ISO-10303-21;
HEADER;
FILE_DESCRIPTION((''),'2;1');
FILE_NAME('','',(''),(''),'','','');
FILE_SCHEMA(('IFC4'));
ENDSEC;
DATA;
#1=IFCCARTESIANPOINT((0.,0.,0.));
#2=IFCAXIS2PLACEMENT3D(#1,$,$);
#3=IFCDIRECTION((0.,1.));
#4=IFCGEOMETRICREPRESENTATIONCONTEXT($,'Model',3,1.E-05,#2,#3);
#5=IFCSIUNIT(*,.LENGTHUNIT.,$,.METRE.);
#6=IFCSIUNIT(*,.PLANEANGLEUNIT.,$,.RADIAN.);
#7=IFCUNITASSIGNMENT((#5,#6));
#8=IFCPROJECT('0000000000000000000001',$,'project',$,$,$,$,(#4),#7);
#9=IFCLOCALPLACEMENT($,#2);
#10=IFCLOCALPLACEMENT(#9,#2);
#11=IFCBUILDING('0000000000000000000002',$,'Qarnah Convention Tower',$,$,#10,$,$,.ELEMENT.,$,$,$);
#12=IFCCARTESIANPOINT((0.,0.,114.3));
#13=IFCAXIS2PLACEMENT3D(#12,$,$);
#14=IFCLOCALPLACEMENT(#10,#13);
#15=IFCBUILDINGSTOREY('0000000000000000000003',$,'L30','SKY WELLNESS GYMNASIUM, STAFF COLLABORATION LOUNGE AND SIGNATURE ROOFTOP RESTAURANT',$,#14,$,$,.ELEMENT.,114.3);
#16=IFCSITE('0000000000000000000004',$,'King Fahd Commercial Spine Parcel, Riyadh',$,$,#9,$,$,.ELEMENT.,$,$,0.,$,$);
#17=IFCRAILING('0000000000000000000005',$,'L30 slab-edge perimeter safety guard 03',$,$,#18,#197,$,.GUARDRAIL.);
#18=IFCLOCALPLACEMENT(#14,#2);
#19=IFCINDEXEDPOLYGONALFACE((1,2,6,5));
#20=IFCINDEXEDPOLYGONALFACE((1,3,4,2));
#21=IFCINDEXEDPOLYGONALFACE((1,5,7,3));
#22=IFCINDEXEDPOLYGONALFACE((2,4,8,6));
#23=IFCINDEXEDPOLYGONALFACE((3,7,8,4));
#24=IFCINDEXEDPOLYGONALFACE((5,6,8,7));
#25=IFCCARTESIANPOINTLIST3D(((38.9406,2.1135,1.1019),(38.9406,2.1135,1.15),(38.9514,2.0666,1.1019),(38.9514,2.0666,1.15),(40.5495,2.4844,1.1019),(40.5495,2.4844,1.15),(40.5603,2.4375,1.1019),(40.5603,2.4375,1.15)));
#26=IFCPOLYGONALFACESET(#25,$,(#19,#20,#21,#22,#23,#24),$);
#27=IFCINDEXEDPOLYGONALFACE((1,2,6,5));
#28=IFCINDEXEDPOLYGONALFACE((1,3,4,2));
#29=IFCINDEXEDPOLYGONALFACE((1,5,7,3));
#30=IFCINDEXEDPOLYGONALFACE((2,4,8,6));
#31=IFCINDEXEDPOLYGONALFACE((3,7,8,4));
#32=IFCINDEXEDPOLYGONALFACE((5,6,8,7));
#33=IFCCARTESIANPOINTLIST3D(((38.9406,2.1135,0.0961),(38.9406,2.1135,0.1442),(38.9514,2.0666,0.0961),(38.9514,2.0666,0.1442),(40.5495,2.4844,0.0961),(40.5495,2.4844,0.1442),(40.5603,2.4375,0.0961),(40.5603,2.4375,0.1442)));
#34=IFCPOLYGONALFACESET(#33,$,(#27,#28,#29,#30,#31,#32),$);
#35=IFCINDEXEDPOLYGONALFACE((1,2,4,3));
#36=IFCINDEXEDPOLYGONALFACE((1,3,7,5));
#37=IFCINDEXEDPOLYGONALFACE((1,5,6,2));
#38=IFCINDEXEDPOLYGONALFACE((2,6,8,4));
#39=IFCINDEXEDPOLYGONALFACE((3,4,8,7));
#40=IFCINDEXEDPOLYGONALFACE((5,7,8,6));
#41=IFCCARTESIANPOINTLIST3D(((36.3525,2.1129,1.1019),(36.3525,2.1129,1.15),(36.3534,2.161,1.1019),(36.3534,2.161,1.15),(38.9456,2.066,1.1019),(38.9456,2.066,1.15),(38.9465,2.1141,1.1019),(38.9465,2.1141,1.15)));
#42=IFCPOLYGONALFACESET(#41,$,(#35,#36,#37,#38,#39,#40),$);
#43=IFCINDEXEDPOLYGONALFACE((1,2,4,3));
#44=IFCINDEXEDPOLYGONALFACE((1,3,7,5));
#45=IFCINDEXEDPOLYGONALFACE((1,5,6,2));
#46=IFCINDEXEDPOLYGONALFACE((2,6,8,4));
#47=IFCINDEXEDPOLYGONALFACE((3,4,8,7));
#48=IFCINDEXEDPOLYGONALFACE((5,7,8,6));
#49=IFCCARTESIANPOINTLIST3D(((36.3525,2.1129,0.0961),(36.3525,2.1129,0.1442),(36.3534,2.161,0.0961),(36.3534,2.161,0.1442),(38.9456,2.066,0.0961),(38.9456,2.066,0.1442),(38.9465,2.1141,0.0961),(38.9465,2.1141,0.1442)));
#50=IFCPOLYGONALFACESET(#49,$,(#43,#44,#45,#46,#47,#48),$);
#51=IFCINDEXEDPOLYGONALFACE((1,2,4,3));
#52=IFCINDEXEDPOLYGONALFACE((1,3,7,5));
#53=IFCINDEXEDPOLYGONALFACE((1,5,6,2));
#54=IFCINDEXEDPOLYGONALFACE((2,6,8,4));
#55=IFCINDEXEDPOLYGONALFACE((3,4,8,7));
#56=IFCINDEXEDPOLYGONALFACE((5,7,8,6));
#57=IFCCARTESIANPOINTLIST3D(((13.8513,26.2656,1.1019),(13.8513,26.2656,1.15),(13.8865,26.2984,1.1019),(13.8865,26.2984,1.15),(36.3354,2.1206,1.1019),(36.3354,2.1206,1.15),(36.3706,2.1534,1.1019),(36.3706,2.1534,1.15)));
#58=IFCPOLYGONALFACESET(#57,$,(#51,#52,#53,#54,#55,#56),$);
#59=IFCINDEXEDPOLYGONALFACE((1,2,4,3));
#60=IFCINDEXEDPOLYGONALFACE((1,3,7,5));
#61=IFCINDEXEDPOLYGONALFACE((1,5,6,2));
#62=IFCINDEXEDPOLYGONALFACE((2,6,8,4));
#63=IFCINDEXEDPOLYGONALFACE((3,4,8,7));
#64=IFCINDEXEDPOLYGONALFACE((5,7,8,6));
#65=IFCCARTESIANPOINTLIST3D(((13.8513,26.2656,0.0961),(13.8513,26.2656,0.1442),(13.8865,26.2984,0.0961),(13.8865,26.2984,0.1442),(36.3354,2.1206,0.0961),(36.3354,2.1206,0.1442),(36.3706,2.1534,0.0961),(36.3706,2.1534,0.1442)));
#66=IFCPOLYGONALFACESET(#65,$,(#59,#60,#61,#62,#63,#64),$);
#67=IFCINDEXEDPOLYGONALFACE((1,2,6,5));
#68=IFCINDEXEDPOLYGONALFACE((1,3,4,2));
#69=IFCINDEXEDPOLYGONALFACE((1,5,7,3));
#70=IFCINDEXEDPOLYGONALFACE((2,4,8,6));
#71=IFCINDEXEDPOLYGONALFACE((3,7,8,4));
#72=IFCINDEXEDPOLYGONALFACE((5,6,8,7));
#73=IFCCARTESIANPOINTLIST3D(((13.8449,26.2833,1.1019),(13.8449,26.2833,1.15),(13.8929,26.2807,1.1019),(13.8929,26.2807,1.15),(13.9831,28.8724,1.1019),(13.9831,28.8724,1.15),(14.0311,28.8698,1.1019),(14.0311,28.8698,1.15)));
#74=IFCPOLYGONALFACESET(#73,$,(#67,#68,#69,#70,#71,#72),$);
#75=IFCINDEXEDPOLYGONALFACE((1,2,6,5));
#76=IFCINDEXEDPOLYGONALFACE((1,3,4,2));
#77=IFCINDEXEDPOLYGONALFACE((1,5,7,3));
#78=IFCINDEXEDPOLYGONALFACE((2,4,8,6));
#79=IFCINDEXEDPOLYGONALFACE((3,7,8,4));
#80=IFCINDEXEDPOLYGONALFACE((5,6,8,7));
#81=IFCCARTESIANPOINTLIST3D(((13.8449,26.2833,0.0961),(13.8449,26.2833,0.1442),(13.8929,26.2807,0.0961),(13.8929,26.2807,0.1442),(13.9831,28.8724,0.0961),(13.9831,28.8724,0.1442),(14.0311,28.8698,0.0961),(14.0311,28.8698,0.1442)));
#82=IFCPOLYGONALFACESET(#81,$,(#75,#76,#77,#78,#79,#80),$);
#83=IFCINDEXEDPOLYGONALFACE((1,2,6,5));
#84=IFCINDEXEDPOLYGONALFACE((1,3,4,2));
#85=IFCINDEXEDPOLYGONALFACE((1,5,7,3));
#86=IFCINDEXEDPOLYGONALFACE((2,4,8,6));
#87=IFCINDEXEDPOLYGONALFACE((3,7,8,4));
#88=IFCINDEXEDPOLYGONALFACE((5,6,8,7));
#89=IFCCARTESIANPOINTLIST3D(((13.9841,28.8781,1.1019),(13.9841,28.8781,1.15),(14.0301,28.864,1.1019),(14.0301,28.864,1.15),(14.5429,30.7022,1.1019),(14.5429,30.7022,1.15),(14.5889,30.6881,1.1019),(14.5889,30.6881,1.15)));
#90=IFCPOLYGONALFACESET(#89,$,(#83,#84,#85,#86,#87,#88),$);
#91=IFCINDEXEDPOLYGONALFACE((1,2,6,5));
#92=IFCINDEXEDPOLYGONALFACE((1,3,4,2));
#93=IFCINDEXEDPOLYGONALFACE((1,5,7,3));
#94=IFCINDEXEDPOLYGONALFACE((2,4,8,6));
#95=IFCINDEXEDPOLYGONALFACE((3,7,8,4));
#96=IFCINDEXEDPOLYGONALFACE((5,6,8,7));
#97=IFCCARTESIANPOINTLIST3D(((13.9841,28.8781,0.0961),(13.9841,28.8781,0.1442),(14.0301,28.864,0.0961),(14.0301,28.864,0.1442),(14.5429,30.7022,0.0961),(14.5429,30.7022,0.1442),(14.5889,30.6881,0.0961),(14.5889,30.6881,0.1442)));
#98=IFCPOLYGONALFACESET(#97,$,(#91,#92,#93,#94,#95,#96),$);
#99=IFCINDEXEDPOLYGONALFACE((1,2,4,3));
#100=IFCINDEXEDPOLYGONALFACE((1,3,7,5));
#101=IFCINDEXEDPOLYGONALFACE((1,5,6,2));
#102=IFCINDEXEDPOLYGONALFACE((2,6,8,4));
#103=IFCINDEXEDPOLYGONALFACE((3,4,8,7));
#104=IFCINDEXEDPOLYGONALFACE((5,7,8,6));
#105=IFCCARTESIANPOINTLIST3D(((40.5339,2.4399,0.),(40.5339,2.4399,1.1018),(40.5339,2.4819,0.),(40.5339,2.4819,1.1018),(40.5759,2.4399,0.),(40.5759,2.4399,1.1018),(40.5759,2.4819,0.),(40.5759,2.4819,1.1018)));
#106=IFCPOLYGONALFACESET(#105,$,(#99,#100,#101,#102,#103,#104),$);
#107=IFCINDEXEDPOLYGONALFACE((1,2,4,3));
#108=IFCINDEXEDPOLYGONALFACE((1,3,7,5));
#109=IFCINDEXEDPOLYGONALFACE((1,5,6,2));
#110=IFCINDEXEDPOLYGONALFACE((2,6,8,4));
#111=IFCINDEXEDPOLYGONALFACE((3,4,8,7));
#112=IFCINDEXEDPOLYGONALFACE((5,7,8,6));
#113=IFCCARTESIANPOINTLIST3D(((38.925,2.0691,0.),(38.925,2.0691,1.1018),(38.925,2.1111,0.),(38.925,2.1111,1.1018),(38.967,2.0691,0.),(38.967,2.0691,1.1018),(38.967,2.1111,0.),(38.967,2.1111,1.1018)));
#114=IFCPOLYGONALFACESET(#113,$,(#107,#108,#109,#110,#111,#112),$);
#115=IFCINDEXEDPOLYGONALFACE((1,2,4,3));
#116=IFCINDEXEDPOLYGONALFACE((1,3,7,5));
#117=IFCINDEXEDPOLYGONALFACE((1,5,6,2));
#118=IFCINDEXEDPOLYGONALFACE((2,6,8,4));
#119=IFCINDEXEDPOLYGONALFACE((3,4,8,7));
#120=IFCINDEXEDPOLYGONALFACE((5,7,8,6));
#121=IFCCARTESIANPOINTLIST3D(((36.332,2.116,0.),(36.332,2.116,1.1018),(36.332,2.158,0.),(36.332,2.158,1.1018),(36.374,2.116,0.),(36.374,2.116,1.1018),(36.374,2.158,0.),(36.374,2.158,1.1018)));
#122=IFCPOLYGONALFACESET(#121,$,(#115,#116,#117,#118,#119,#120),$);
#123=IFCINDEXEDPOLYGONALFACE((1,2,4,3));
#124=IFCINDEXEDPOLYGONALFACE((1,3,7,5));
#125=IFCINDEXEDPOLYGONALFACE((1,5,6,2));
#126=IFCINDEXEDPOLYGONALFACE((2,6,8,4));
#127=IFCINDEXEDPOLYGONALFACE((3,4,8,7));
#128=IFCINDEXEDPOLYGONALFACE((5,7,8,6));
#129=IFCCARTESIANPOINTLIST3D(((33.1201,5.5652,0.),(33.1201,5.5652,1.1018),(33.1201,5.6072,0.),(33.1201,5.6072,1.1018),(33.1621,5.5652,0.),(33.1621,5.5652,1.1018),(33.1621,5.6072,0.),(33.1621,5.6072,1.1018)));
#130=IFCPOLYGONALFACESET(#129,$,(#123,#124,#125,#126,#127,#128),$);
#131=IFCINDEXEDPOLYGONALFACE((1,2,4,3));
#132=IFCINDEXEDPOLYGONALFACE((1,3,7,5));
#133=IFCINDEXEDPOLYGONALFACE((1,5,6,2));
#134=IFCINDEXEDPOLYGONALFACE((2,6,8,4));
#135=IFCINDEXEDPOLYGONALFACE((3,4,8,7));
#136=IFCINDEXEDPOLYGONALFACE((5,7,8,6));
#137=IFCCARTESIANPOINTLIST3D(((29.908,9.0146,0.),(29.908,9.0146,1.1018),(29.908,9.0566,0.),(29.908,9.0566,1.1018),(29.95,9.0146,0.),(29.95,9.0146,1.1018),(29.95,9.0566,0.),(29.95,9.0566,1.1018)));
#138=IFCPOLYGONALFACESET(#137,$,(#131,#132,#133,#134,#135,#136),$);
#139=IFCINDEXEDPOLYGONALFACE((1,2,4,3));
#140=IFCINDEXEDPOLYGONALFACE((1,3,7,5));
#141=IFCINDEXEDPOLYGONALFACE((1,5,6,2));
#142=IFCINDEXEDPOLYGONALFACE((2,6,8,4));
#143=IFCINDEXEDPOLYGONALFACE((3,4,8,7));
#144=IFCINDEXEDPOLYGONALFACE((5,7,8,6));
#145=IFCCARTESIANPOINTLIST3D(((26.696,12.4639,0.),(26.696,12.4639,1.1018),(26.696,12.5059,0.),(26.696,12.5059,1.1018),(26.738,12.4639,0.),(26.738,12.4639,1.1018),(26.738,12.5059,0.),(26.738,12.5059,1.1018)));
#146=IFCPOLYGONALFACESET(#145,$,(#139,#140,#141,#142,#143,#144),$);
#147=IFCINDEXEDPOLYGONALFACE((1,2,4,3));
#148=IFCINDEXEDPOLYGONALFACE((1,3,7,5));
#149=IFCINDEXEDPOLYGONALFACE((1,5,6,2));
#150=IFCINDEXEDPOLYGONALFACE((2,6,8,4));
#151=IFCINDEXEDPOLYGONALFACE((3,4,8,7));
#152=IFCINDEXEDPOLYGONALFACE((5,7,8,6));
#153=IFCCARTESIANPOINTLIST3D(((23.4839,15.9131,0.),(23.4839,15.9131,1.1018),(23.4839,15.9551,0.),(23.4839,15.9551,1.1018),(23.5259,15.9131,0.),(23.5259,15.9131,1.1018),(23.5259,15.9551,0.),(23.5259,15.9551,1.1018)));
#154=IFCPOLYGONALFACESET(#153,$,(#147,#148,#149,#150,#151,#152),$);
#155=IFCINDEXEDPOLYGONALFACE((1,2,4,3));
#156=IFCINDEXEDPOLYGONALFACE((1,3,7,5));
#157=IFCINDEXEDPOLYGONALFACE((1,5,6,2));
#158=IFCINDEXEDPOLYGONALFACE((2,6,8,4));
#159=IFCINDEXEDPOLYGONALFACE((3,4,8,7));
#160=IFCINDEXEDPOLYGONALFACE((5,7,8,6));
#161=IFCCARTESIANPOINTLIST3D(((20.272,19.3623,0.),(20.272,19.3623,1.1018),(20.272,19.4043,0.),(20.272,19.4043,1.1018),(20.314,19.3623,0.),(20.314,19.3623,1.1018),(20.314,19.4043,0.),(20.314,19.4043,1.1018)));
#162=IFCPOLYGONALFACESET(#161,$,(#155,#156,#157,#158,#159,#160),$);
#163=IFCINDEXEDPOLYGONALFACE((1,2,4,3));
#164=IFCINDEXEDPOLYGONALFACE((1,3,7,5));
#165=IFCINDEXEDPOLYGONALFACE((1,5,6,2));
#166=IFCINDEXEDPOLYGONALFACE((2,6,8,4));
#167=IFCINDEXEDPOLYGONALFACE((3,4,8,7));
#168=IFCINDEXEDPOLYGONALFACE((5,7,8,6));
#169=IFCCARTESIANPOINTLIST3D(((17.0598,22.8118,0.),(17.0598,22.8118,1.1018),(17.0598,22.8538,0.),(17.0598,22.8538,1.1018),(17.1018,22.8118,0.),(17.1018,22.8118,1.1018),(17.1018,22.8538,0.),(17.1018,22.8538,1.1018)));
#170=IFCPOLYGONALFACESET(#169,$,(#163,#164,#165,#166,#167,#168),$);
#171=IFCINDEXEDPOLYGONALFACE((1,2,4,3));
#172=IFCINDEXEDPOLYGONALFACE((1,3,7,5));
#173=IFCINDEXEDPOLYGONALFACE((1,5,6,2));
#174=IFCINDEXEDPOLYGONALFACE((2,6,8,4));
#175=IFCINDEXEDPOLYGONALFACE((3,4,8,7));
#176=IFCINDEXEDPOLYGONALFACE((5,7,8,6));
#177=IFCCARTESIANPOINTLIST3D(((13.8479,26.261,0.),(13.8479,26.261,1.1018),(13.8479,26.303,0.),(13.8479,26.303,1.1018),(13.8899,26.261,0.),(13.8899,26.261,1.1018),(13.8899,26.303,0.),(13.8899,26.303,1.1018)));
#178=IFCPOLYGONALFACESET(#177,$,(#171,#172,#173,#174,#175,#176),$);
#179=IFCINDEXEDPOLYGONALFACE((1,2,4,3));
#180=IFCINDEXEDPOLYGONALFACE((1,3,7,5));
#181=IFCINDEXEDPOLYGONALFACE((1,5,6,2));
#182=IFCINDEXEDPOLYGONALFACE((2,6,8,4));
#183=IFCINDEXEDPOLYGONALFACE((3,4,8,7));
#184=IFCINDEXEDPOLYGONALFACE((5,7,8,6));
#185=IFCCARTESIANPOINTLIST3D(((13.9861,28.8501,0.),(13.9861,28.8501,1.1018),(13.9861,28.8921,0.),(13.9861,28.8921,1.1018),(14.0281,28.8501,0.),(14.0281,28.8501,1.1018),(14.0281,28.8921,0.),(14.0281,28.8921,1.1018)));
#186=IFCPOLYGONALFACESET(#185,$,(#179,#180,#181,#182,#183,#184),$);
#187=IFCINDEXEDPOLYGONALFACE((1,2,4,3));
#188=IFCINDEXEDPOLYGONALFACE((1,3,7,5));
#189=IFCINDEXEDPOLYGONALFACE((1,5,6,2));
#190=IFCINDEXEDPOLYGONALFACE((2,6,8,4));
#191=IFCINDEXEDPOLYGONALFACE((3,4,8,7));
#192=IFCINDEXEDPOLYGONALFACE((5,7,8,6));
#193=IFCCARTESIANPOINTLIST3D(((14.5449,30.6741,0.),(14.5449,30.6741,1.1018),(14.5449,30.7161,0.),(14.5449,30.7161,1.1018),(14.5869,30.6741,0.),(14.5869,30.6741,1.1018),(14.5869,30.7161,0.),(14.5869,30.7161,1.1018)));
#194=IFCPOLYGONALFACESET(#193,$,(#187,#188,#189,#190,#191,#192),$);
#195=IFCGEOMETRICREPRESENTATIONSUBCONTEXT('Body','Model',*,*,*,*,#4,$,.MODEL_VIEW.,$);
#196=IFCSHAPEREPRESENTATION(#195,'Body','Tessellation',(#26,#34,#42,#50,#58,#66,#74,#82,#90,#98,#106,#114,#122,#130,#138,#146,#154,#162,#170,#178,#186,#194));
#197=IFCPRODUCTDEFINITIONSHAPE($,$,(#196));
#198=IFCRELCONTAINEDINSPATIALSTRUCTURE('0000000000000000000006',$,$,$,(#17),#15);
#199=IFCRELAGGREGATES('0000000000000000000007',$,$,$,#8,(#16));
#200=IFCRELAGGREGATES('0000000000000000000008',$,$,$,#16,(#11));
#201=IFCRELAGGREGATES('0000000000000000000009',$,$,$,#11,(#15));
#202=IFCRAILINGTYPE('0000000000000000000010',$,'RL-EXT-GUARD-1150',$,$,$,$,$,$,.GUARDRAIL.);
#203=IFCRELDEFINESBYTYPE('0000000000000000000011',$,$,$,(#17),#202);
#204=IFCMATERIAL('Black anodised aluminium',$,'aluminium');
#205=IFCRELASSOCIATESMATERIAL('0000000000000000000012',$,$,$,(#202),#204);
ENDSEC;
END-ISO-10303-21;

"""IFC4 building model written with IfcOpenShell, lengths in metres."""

from ifc_helpers import new_model, si_unit, direction, frame, origin, origin_2d, place, context, subcontext, project, spatial, rectangle, extrude, material, type_object, element, save


model = new_model("IFC4")

# Units and contexts
model_context = context("Model", 3, precision=1e-05, world=origin(), true_north=direction((0.0, 1.0)))
body_context = subcontext(model_context, "Body", "Model", "MODEL_VIEW")
ifc_project = project(units=[si_unit("LENGTHUNIT", "METRE"), si_unit("PLANEANGLEUNIT", "RADIAN")], contexts=[model_context])

# Site, building, storey
site_placement = place(None, origin())
site = spatial("IfcSite", under=ifc_project, at=site_placement, Name="King Fahd Commercial Spine Parcel, Riyadh", CompositionType="ELEMENT", RefElevation=0.0)
building_placement = place(site_placement, origin())
building = spatial("IfcBuilding", under=site, at=building_placement, Name="Qarnah Convention Tower", CompositionType="ELEMENT")
storey_placement = place(building_placement, frame((0.0, 0.0, 114.3)))
storey = spatial("IfcBuildingStorey", under=building, at=storey_placement, Name="L30", Description="SKY WELLNESS GYMNASIUM, STAFF COLLABORATION LOUNGE AND SIGNATURE ROOFTOP RESTAURANT", CompositionType="ELEMENT", Elevation=114.3)

# Shared definitions
ifc_material_1 = material(Name="Black anodised aluminium", Category="aluminium")

# Railing
railing_type = type_object("IfcRailingType", Name="RL-EXT-GUARD-1150", PredefinedType="GUARDRAIL", material=ifc_material_1)
railing_1_placement = place(storey_placement, frame((40.5549, 2.4609, 0.0)))
element("IfcRailing", 1, at=railing_1_placement, inside=storey, type_object=railing_type, Name="L30 slab-edge perimeter safety guard 03", PredefinedType="GUARDRAIL", context=body_context, shape_type="SweptSolid", body=[
    extrude(rectangle(XDim=0.0481, YDim=0.0481, at=origin_2d()), frame((0.0, 0.0, 1.126), z_axis=(-0.974448, -0.224611, 0.0), x_axis=(0.224611, -0.974448, 0.0)), (0.0, 0.0, 1.0), 1.6511),
    extrude(rectangle(XDim=0.0481, YDim=0.0481, at=origin_2d()), frame((0.0, 0.0, 0.1201), z_axis=(-0.974448, -0.224611, 0.0), x_axis=(0.224611, -0.974448, 0.0)), (0.0, 0.0, 1.0), 1.6511),
    extrude(rectangle(XDim=0.0481, YDim=0.0481, at=origin_2d()), frame((-1.6089, -0.3708, 1.126), z_axis=(-0.999837, 0.018074, 0.0), x_axis=(-0.018074, -0.999837, 0.0)), (0.0, 0.0, 1.0), 2.5935),
    extrude(rectangle(XDim=0.0481, YDim=0.0481, at=origin_2d()), frame((-1.6089, -0.3708, 0.1201), z_axis=(-0.999837, 0.018074, 0.0), x_axis=(-0.018074, -0.999837, 0.0)), (0.0, 0.0, 1.0), 2.5935),
    extrude(rectangle(XDim=0.0481, YDim=0.0481, at=origin_2d()), frame((-4.2019, -0.324, 1.126), z_axis=(-0.681488, 0.731829, 0.0), x_axis=(-0.731829, -0.681488, 0.0)), (0.0, 0.0, 1.0), 32.9927),
    extrude(rectangle(XDim=0.0481, YDim=0.0481, at=origin_2d()), frame((-4.2019, -0.324, 0.1201), z_axis=(-0.681488, 0.731829, 0.0), x_axis=(-0.731829, -0.681488, 0.0)), (0.0, 0.0, 1.0), 32.9927),
    extrude(rectangle(XDim=0.0481, YDim=0.0481, at=origin_2d()), frame((-26.686, 23.821, 1.126), z_axis=(0.053295, 0.998579, 0.0), x_axis=(-0.998579, 0.053295, 0.0)), (0.0, 0.0, 1.0), 2.5928),
    extrude(rectangle(XDim=0.0481, YDim=0.0481, at=origin_2d()), frame((-26.686, 23.821, 0.1201), z_axis=(0.053295, 0.998579, 0.0), x_axis=(-0.998579, 0.053295, 0.0)), (0.0, 0.0, 1.0), 2.5928),
    extrude(rectangle(XDim=0.0481, YDim=0.0481, at=origin_2d()), frame((-26.5479, 26.4102, 1.126), z_axis=(0.292944, 0.95613, 0.0), x_axis=(-0.95613, 0.292944, 0.0)), (0.0, 0.0, 1.0), 1.9077),
    extrude(rectangle(XDim=0.0481, YDim=0.0481, at=origin_2d()), frame((-26.5479, 26.4102, 0.1201), z_axis=(0.292944, 0.95613, 0.0), x_axis=(-0.95613, 0.292944, 0.0)), (0.0, 0.0, 1.0), 1.9077),
    extrude(rectangle(XDim=0.042, YDim=0.042, at=origin_2d()), origin(), (0.0, 0.0, 1.0), 1.1018),
    extrude(rectangle(XDim=0.042, YDim=0.042, at=origin_2d()), frame((-1.6089, -0.3708, 0.0)), (0.0, 0.0, 1.0), 1.1018),
    extrude(rectangle(XDim=0.042, YDim=0.042, at=origin_2d()), frame((-4.2019, -0.324, 0.0)), (0.0, 0.0, 1.0), 1.1018),
    extrude(rectangle(XDim=0.042, YDim=0.042, at=origin_2d()), frame((-7.4138, 3.1252, 0.0)), (0.0, 0.0, 1.0), 1.1018),
    extrude(rectangle(XDim=0.042, YDim=0.042, at=origin_2d()), frame((-10.626, 6.5747, 0.0)), (0.0, 0.0, 1.0), 1.1018),
    extrude(rectangle(XDim=0.042, YDim=0.042, at=origin_2d()), frame((-13.8379, 10.0239, 0.0)), (0.0, 0.0, 1.0), 1.1018),
    extrude(rectangle(XDim=0.042, YDim=0.042, at=origin_2d()), frame((-17.05, 13.4731, 0.0)), (0.0, 0.0, 1.0), 1.1018),
    extrude(rectangle(XDim=0.042, YDim=0.042, at=origin_2d()), frame((-20.262, 16.9224, 0.0)), (0.0, 0.0, 1.0), 1.1018),
    extrude(rectangle(XDim=0.042, YDim=0.042, at=origin_2d()), frame((-23.4741, 20.3718, 0.0)), (0.0, 0.0, 1.0), 1.1018),
    extrude(rectangle(XDim=0.042, YDim=0.042, at=origin_2d()), frame((-26.686, 23.821, 0.0)), (0.0, 0.0, 1.0), 1.1018),
    extrude(rectangle(XDim=0.042, YDim=0.042, at=origin_2d()), frame((-26.5479, 26.4102, 0.0)), (0.0, 0.0, 1.0), 1.1018),
    extrude(rectangle(XDim=0.042, YDim=0.042, at=origin_2d()), frame((-25.989, 28.2341, 0.0)), (0.0, 0.0, 1.0), 1.1018),
])

save(model, "model.ifc")
